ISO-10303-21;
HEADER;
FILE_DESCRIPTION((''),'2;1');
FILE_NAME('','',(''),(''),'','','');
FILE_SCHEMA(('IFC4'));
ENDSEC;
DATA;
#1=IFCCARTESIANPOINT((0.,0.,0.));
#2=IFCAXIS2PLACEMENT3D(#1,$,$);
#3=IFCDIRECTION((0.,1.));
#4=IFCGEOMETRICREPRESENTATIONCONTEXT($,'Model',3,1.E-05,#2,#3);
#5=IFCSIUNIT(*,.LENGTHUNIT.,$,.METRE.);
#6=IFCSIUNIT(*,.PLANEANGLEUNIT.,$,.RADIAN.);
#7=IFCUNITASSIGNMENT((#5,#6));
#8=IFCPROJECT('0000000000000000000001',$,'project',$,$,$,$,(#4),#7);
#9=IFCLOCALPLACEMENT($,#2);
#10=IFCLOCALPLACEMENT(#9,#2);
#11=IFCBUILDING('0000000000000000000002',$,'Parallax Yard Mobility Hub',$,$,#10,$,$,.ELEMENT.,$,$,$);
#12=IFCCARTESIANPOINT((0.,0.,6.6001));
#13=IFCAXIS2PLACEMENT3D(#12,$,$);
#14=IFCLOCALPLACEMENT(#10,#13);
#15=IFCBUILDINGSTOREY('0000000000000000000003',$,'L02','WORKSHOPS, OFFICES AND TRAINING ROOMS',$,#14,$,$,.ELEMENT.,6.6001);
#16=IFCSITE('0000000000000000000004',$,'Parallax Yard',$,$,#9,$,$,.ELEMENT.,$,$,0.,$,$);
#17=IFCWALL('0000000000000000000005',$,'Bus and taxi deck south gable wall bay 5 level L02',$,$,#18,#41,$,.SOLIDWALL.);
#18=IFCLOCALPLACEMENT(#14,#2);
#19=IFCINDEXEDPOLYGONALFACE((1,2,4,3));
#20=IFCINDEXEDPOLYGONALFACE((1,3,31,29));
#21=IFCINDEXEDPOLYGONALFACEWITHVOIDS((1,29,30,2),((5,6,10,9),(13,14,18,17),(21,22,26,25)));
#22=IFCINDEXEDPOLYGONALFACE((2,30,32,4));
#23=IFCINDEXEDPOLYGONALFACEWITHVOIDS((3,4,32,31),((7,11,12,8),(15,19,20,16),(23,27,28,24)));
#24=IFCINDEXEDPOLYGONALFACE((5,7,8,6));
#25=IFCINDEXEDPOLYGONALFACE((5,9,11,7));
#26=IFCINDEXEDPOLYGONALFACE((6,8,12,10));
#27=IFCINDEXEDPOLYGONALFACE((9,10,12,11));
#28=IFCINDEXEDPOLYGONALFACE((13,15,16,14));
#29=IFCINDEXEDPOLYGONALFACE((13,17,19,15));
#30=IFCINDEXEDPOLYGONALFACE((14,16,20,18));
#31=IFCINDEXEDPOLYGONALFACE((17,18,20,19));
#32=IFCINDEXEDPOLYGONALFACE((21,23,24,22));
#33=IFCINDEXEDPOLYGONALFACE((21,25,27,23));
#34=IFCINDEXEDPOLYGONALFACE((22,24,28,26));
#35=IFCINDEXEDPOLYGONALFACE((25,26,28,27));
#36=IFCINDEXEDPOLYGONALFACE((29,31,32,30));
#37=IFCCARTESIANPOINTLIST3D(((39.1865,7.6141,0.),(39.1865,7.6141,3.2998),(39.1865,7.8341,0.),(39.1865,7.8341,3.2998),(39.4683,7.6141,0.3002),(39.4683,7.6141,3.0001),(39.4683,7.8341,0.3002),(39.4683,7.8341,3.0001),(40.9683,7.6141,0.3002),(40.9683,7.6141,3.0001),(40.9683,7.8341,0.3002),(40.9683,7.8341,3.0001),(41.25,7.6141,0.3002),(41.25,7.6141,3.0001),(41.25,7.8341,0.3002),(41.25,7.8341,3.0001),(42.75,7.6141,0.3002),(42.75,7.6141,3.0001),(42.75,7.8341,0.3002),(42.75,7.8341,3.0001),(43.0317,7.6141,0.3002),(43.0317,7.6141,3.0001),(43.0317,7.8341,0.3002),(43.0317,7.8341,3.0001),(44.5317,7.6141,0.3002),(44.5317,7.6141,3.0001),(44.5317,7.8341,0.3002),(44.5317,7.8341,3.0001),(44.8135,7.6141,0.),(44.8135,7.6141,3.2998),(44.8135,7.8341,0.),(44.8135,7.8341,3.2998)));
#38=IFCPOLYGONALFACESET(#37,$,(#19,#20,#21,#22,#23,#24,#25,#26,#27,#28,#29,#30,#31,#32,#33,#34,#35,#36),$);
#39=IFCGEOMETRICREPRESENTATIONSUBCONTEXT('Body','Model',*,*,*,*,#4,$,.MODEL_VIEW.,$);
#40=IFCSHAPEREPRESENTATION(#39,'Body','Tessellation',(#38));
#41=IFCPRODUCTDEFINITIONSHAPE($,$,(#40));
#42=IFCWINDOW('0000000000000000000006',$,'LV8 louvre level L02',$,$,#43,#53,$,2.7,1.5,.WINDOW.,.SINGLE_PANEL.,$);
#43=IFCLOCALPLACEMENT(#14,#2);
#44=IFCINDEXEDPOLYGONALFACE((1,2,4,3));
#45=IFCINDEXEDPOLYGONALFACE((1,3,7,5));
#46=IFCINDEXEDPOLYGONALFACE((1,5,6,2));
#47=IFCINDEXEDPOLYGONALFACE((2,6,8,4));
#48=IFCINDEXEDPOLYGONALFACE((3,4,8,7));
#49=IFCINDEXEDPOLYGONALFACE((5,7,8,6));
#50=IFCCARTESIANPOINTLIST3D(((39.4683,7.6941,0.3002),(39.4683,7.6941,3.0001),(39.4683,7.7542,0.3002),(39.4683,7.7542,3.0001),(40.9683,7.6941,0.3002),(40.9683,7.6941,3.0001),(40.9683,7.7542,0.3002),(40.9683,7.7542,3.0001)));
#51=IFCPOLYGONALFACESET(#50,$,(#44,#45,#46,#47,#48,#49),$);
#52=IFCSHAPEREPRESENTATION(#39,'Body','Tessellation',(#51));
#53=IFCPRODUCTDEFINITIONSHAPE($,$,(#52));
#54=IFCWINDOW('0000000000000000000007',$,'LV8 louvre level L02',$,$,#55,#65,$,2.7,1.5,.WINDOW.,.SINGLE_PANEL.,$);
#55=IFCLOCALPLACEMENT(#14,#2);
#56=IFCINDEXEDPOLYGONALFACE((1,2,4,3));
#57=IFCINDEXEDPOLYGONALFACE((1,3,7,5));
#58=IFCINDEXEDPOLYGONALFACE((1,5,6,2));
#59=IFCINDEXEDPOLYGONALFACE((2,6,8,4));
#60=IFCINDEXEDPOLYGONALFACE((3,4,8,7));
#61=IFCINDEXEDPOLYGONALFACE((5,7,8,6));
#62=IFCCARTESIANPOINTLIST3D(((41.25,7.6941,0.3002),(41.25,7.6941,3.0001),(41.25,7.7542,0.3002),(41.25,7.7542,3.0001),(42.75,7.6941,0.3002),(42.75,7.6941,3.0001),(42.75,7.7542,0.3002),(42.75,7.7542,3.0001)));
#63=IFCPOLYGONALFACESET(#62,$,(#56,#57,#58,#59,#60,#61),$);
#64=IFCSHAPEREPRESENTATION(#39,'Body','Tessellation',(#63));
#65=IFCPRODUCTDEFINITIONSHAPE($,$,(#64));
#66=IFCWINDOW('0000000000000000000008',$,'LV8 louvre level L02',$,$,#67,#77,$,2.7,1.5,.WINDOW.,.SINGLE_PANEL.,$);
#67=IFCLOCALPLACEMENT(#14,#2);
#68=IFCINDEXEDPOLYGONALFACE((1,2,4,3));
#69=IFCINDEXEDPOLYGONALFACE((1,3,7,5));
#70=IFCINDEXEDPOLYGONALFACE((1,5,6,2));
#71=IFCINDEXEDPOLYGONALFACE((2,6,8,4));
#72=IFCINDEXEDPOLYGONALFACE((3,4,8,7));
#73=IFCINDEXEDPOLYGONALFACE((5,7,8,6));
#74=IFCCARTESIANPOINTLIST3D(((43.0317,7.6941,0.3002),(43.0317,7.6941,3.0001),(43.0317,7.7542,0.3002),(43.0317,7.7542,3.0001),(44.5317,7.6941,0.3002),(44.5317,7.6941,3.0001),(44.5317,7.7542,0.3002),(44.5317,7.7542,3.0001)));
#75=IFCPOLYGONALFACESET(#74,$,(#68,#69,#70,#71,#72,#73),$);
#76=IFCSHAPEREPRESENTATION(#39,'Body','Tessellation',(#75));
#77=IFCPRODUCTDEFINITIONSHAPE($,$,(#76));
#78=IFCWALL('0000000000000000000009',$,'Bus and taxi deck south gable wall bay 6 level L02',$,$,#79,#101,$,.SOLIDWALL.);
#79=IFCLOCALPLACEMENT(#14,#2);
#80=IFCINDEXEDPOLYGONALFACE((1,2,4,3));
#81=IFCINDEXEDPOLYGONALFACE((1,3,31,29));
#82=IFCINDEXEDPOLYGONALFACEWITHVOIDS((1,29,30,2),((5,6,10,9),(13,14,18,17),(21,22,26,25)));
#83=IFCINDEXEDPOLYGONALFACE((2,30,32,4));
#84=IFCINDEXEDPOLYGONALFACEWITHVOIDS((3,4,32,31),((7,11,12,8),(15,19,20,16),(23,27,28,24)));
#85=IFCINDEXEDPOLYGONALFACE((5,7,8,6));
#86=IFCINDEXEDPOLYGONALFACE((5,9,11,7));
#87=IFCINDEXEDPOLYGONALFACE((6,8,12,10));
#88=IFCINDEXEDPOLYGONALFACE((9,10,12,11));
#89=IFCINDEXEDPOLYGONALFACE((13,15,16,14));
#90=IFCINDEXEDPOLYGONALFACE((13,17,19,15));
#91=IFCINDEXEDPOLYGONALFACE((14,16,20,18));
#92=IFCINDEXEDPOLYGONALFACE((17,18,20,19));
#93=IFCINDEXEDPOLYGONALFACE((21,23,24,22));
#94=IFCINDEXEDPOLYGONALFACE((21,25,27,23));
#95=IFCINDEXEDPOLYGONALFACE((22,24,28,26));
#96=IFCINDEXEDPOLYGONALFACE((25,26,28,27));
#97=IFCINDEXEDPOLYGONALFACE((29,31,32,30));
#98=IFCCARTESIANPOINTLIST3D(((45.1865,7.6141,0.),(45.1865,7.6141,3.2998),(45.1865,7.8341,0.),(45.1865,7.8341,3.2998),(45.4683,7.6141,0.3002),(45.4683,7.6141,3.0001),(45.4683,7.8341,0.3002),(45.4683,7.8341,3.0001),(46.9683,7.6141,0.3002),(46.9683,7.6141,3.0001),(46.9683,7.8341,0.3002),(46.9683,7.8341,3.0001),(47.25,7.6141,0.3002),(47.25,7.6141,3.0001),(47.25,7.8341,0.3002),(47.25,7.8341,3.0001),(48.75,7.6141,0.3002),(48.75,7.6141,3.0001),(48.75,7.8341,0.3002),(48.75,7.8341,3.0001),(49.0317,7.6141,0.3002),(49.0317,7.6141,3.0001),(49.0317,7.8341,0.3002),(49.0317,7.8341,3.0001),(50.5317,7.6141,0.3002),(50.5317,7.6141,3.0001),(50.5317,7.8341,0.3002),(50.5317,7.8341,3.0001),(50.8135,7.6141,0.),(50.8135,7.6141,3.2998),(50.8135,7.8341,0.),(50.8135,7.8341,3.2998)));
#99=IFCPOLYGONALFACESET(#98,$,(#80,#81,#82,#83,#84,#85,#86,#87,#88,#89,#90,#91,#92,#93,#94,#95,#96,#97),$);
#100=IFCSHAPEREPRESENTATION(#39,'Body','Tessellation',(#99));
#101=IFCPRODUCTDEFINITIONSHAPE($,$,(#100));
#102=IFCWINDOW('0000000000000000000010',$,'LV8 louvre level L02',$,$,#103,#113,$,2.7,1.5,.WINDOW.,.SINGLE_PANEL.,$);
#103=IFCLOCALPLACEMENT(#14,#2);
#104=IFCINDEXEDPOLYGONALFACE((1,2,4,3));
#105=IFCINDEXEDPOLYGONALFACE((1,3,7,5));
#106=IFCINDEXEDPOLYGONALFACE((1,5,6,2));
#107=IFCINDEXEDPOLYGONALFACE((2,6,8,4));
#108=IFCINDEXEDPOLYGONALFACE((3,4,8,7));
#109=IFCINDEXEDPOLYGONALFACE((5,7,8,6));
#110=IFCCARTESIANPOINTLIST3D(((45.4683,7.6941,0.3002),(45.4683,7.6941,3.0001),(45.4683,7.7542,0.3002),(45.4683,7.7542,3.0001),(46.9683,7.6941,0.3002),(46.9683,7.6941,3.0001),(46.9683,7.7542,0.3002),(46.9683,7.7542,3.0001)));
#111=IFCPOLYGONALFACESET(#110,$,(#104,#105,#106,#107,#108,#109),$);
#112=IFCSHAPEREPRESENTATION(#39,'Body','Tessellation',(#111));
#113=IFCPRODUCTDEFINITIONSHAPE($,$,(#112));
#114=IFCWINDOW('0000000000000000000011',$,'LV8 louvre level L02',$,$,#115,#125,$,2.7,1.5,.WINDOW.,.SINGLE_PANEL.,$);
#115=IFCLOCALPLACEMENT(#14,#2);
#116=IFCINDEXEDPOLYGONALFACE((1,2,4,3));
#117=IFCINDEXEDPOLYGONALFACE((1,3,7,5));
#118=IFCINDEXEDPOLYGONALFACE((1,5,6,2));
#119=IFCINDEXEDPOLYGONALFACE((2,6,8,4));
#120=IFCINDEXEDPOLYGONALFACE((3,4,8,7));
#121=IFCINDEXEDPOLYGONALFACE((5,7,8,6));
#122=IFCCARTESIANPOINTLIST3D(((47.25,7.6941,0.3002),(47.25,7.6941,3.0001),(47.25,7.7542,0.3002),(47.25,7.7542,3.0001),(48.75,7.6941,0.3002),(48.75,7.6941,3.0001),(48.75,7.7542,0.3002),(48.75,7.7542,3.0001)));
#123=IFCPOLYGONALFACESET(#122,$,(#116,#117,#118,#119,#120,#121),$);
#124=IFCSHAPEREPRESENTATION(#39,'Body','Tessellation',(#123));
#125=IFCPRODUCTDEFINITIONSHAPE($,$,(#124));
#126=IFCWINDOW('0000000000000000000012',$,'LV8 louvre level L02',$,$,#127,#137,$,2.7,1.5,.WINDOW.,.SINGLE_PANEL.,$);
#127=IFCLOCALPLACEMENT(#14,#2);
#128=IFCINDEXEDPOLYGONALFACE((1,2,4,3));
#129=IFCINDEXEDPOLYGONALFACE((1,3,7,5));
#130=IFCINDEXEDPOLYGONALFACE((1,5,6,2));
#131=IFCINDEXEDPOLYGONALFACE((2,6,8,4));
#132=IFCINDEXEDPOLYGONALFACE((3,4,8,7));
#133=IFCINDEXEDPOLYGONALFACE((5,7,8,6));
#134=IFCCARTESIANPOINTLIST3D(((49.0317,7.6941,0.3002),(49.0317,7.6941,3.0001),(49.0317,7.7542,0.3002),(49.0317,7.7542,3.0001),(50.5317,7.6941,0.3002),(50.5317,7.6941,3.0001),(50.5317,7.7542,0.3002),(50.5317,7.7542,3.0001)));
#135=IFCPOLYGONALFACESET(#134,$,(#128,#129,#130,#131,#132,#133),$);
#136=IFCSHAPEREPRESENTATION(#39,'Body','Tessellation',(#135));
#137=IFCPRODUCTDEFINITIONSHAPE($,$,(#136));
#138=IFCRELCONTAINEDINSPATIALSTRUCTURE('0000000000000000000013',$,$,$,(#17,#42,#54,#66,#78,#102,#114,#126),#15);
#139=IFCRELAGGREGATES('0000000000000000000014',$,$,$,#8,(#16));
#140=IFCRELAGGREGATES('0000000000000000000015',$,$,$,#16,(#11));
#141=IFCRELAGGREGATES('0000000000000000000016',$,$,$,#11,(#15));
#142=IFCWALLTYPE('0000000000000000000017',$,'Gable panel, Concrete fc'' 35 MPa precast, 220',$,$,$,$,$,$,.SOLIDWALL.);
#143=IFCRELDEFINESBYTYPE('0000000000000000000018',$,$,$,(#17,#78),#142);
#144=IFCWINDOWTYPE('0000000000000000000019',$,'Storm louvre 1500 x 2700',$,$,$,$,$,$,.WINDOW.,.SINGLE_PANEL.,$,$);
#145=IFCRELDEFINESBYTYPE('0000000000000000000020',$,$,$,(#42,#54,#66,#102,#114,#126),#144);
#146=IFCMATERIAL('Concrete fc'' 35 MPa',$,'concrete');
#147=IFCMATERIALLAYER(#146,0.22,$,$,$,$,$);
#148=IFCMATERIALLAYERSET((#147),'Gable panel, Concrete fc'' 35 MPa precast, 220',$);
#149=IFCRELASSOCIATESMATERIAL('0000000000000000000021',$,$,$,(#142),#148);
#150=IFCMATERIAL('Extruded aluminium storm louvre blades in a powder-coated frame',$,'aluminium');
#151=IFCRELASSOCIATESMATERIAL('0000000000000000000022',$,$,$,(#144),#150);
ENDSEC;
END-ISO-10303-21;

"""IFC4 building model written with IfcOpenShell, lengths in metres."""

from ifc_helpers import new_model, si_unit, direction, frame, frame_2d, origin, place, context, subcontext, project, spatial, rectangle, extrude, material, layer, layer_set, type_object, element, fill, save


model = new_model("IFC4")

# Units and contexts
model_context = context("Model", 3, precision=1e-05, world=origin(), true_north=direction((0.0, 1.0)))
body_context = subcontext(model_context, "Body", "Model", "MODEL_VIEW")
ifc_project = project(units=[si_unit("LENGTHUNIT", "METRE"), si_unit("PLANEANGLEUNIT", "RADIAN")], contexts=[model_context])

# Site, building, storey
site_placement = place(None, origin())
site = spatial("IfcSite", under=ifc_project, at=site_placement, Name="Parallax Yard", CompositionType="ELEMENT", RefElevation=0.0)
building_placement = place(site_placement, origin())
building = spatial("IfcBuilding", under=site, at=building_placement, Name="Parallax Yard Mobility Hub", CompositionType="ELEMENT")
storey_placement = place(building_placement, frame((0.0, 0.0, 6.6001)))
storey = spatial("IfcBuildingStorey", under=building, at=storey_placement, Name="L02", Description="WORKSHOPS, OFFICES AND TRAINING ROOMS", CompositionType="ELEMENT", Elevation=6.6001)

# Walls, openings, windows
ifc_material_1 = material(Name="Concrete fc' 35 MPa", Category="concrete")
ifc_layer = layer(ifc_material_1, 0.22)
ifc_layer_set = layer_set([ifc_layer], Name="Gable panel, Concrete fc' 35 MPa precast, 220")
wall_type = type_object("IfcWallType", Name="Gable panel, Concrete fc' 35 MPa precast, 220", PredefinedType="SOLIDWALL", material=ifc_layer_set)
wall_1_placement = place(storey_placement, frame((39.1865, 7.7241, 0.0), z_axis=(0.0, 0.0, 1.0), x_axis=(1.0, 0.0, 0.0)))
wall_1 = element("IfcWall", 1, at=wall_1_placement, inside=storey, type_object=wall_type, Name="Bus and taxi deck south gable wall bay 5 level L02", PredefinedType="SOLIDWALL", context=body_context, shape_type="SweptSolid", body=[
    extrude(rectangle(XDim=5.627, YDim=0.22, at=frame_2d((2.8135, 0.0))), origin(), (0.0, 0.0, 1.0), 3.2998),
])
opening_1_placement = place(wall_1_placement, frame((0.2817, 0.0, 0.3)))
opening_1 = element("IfcOpeningElement", 2, at=opening_1_placement, cuts=wall_1, PredefinedType="OPENING", context=body_context, shape_type="SweptSolid", body=[
    extrude(rectangle(XDim=1.5, YDim=2.7, at=frame_2d((0.75, 1.3501))), frame((0.0, 0.1201, 0.0), z_axis=(0.0, -1.0, 0.0), x_axis=(1.0, 0.0, 0.0)), (0.0, 0.0, 1.0), 0.24),
])
opening_2_placement = place(wall_1_placement, frame((2.0635, 0.0, 0.3)))
opening_2 = element("IfcOpeningElement", 3, at=opening_2_placement, cuts=wall_1, PredefinedType="OPENING", context=body_context, shape_type="SweptSolid", body=[
    extrude(rectangle(XDim=1.5, YDim=2.7, at=frame_2d((0.75, 1.3501))), frame((0.0, 0.1201, 0.0), z_axis=(0.0, -1.0, 0.0), x_axis=(1.0, 0.0, 0.0)), (0.0, 0.0, 1.0), 0.24),
])
opening_3_placement = place(wall_1_placement, frame((3.8452, 0.0, 0.3)))
opening_3 = element("IfcOpeningElement", 4, at=opening_3_placement, cuts=wall_1, PredefinedType="OPENING", context=body_context, shape_type="SweptSolid", body=[
    extrude(rectangle(XDim=1.5, YDim=2.7, at=frame_2d((0.75, 1.3501))), frame((0.0, 0.1201, 0.0), z_axis=(0.0, -1.0, 0.0), x_axis=(1.0, 0.0, 0.0)), (0.0, 0.0, 1.0), 0.24),
])
ifc_material_2 = material(Name="Extruded aluminium storm louvre blades in a powder-coated frame", Category="aluminium")
window_type = type_object("IfcWindowType", Name="Storm louvre 1500 x 2700", PartitioningType="SINGLE_PANEL", PredefinedType="WINDOW", material=ifc_material_2)
window_1_placement = place(opening_1_placement, origin())
window_1 = element("IfcWindow", 5, at=window_1_placement, inside=storey, type_object=window_type, Name="LV8 louvre level L02", OverallHeight=2.7, OverallWidth=1.5, PartitioningType="SINGLE_PANEL", PredefinedType="WINDOW", context=body_context, shape_type="SweptSolid", body=[
    extrude(rectangle(XDim=1.5, YDim=2.7, at=frame_2d((0.75, 1.3501))), frame((0.0, 0.03, 0.0), z_axis=(0.0, -1.0, 0.0), x_axis=(1.0, 0.0, 0.0)), (0.0, 0.0, 1.0), 0.0601),
])
fill(opening_1, window_1)
window_2_placement = place(opening_2_placement, origin())
window_2 = element("IfcWindow", 6, at=window_2_placement, inside=storey, type_object=window_type, Name="LV8 louvre level L02", OverallHeight=2.7, OverallWidth=1.5, PartitioningType="SINGLE_PANEL", PredefinedType="WINDOW", context=body_context, shape_type="SweptSolid", body=[
    extrude(rectangle(XDim=1.5, YDim=2.7, at=frame_2d((0.75, 1.3501))), frame((0.0, 0.03, 0.0), z_axis=(0.0, -1.0, 0.0), x_axis=(1.0, 0.0, 0.0)), (0.0, 0.0, 1.0), 0.0601),
])
fill(opening_2, window_2)
window_3_placement = place(opening_3_placement, origin())
window_3 = element("IfcWindow", 7, at=window_3_placement, inside=storey, type_object=window_type, Name="LV8 louvre level L02", OverallHeight=2.7, OverallWidth=1.5, PartitioningType="SINGLE_PANEL", PredefinedType="WINDOW", context=body_context, shape_type="SweptSolid", body=[
    extrude(rectangle(XDim=1.5, YDim=2.7, at=frame_2d((0.75, 1.3501))), frame((0.0, 0.03, 0.0), z_axis=(0.0, -1.0, 0.0), x_axis=(1.0, 0.0, 0.0)), (0.0, 0.0, 1.0), 0.0601),
])
fill(opening_3, window_3)
wall_2_placement = place(storey_placement, frame((45.1865, 7.7241, 0.0), z_axis=(0.0, 0.0, 1.0), x_axis=(1.0, 0.0, 0.0)))
wall_2 = element("IfcWall", 8, at=wall_2_placement, inside=storey, type_object=wall_type, Name="Bus and taxi deck south gable wall bay 6 level L02", PredefinedType="SOLIDWALL", context=body_context, shape_type="SweptSolid", body=[
    extrude(rectangle(XDim=5.627, YDim=0.22, at=frame_2d((2.8135, 0.0))), origin(), (0.0, 0.0, 1.0), 3.2998),
])
opening_4_placement = place(wall_2_placement, frame((0.2817, 0.0, 0.3)))
opening_4 = element("IfcOpeningElement", 9, at=opening_4_placement, cuts=wall_2, PredefinedType="OPENING", context=body_context, shape_type="SweptSolid", body=[
    extrude(rectangle(XDim=1.5, YDim=2.7, at=frame_2d((0.75, 1.3501))), frame((0.0, 0.1201, 0.0), z_axis=(0.0, -1.0, 0.0), x_axis=(1.0, 0.0, 0.0)), (0.0, 0.0, 1.0), 0.24),
])
opening_5_placement = place(wall_2_placement, frame((2.0635, 0.0, 0.3)))
opening_5 = element("IfcOpeningElement", 10, at=opening_5_placement, cuts=wall_2, PredefinedType="OPENING", context=body_context, shape_type="SweptSolid", body=[
    extrude(rectangle(XDim=1.5, YDim=2.7, at=frame_2d((0.75, 1.3501))), frame((0.0, 0.1201, 0.0), z_axis=(0.0, -1.0, 0.0), x_axis=(1.0, 0.0, 0.0)), (0.0, 0.0, 1.0), 0.24),
])
opening_6_placement = place(wall_2_placement, frame((3.8452, 0.0, 0.3)))
opening_6 = element("IfcOpeningElement", 11, at=opening_6_placement, cuts=wall_2, PredefinedType="OPENING", context=body_context, shape_type="SweptSolid", body=[
    extrude(rectangle(XDim=1.5, YDim=2.7, at=frame_2d((0.75, 1.3501))), frame((0.0, 0.1201, 0.0), z_axis=(0.0, -1.0, 0.0), x_axis=(1.0, 0.0, 0.0)), (0.0, 0.0, 1.0), 0.24),
])
window_4_placement = place(opening_4_placement, origin())
window_4 = element("IfcWindow", 12, at=window_4_placement, inside=storey, type_object=window_type, Name="LV8 louvre level L02", OverallHeight=2.7, OverallWidth=1.5, PartitioningType="SINGLE_PANEL", PredefinedType="WINDOW", context=body_context, shape_type="SweptSolid", body=[
    extrude(rectangle(XDim=1.5, YDim=2.7, at=frame_2d((0.75, 1.3501))), frame((0.0, 0.03, 0.0), z_axis=(0.0, -1.0, 0.0), x_axis=(1.0, 0.0, 0.0)), (0.0, 0.0, 1.0), 0.0601),
])
fill(opening_4, window_4)
window_5_placement = place(opening_5_placement, origin())
window_5 = element("IfcWindow", 13, at=window_5_placement, inside=storey, type_object=window_type, Name="LV8 louvre level L02", OverallHeight=2.7, OverallWidth=1.5, PartitioningType="SINGLE_PANEL", PredefinedType="WINDOW", context=body_context, shape_type="SweptSolid", body=[
    extrude(rectangle(XDim=1.5, YDim=2.7, at=frame_2d((0.75, 1.3501))), frame((0.0, 0.03, 0.0), z_axis=(0.0, -1.0, 0.0), x_axis=(1.0, 0.0, 0.0)), (0.0, 0.0, 1.0), 0.0601),
])
fill(opening_5, window_5)
window_6_placement = place(opening_6_placement, origin())
window_6 = element("IfcWindow", 14, at=window_6_placement, inside=storey, type_object=window_type, Name="LV8 louvre level L02", OverallHeight=2.7, OverallWidth=1.5, PartitioningType="SINGLE_PANEL", PredefinedType="WINDOW", context=body_context, shape_type="SweptSolid", body=[
    extrude(rectangle(XDim=1.5, YDim=2.7, at=frame_2d((0.75, 1.3501))), frame((0.0, 0.03, 0.0), z_axis=(0.0, -1.0, 0.0), x_axis=(1.0, 0.0, 0.0)), (0.0, 0.0, 1.0), 0.0601),
])
fill(opening_6, window_6)

save(model, "model.ifc")
